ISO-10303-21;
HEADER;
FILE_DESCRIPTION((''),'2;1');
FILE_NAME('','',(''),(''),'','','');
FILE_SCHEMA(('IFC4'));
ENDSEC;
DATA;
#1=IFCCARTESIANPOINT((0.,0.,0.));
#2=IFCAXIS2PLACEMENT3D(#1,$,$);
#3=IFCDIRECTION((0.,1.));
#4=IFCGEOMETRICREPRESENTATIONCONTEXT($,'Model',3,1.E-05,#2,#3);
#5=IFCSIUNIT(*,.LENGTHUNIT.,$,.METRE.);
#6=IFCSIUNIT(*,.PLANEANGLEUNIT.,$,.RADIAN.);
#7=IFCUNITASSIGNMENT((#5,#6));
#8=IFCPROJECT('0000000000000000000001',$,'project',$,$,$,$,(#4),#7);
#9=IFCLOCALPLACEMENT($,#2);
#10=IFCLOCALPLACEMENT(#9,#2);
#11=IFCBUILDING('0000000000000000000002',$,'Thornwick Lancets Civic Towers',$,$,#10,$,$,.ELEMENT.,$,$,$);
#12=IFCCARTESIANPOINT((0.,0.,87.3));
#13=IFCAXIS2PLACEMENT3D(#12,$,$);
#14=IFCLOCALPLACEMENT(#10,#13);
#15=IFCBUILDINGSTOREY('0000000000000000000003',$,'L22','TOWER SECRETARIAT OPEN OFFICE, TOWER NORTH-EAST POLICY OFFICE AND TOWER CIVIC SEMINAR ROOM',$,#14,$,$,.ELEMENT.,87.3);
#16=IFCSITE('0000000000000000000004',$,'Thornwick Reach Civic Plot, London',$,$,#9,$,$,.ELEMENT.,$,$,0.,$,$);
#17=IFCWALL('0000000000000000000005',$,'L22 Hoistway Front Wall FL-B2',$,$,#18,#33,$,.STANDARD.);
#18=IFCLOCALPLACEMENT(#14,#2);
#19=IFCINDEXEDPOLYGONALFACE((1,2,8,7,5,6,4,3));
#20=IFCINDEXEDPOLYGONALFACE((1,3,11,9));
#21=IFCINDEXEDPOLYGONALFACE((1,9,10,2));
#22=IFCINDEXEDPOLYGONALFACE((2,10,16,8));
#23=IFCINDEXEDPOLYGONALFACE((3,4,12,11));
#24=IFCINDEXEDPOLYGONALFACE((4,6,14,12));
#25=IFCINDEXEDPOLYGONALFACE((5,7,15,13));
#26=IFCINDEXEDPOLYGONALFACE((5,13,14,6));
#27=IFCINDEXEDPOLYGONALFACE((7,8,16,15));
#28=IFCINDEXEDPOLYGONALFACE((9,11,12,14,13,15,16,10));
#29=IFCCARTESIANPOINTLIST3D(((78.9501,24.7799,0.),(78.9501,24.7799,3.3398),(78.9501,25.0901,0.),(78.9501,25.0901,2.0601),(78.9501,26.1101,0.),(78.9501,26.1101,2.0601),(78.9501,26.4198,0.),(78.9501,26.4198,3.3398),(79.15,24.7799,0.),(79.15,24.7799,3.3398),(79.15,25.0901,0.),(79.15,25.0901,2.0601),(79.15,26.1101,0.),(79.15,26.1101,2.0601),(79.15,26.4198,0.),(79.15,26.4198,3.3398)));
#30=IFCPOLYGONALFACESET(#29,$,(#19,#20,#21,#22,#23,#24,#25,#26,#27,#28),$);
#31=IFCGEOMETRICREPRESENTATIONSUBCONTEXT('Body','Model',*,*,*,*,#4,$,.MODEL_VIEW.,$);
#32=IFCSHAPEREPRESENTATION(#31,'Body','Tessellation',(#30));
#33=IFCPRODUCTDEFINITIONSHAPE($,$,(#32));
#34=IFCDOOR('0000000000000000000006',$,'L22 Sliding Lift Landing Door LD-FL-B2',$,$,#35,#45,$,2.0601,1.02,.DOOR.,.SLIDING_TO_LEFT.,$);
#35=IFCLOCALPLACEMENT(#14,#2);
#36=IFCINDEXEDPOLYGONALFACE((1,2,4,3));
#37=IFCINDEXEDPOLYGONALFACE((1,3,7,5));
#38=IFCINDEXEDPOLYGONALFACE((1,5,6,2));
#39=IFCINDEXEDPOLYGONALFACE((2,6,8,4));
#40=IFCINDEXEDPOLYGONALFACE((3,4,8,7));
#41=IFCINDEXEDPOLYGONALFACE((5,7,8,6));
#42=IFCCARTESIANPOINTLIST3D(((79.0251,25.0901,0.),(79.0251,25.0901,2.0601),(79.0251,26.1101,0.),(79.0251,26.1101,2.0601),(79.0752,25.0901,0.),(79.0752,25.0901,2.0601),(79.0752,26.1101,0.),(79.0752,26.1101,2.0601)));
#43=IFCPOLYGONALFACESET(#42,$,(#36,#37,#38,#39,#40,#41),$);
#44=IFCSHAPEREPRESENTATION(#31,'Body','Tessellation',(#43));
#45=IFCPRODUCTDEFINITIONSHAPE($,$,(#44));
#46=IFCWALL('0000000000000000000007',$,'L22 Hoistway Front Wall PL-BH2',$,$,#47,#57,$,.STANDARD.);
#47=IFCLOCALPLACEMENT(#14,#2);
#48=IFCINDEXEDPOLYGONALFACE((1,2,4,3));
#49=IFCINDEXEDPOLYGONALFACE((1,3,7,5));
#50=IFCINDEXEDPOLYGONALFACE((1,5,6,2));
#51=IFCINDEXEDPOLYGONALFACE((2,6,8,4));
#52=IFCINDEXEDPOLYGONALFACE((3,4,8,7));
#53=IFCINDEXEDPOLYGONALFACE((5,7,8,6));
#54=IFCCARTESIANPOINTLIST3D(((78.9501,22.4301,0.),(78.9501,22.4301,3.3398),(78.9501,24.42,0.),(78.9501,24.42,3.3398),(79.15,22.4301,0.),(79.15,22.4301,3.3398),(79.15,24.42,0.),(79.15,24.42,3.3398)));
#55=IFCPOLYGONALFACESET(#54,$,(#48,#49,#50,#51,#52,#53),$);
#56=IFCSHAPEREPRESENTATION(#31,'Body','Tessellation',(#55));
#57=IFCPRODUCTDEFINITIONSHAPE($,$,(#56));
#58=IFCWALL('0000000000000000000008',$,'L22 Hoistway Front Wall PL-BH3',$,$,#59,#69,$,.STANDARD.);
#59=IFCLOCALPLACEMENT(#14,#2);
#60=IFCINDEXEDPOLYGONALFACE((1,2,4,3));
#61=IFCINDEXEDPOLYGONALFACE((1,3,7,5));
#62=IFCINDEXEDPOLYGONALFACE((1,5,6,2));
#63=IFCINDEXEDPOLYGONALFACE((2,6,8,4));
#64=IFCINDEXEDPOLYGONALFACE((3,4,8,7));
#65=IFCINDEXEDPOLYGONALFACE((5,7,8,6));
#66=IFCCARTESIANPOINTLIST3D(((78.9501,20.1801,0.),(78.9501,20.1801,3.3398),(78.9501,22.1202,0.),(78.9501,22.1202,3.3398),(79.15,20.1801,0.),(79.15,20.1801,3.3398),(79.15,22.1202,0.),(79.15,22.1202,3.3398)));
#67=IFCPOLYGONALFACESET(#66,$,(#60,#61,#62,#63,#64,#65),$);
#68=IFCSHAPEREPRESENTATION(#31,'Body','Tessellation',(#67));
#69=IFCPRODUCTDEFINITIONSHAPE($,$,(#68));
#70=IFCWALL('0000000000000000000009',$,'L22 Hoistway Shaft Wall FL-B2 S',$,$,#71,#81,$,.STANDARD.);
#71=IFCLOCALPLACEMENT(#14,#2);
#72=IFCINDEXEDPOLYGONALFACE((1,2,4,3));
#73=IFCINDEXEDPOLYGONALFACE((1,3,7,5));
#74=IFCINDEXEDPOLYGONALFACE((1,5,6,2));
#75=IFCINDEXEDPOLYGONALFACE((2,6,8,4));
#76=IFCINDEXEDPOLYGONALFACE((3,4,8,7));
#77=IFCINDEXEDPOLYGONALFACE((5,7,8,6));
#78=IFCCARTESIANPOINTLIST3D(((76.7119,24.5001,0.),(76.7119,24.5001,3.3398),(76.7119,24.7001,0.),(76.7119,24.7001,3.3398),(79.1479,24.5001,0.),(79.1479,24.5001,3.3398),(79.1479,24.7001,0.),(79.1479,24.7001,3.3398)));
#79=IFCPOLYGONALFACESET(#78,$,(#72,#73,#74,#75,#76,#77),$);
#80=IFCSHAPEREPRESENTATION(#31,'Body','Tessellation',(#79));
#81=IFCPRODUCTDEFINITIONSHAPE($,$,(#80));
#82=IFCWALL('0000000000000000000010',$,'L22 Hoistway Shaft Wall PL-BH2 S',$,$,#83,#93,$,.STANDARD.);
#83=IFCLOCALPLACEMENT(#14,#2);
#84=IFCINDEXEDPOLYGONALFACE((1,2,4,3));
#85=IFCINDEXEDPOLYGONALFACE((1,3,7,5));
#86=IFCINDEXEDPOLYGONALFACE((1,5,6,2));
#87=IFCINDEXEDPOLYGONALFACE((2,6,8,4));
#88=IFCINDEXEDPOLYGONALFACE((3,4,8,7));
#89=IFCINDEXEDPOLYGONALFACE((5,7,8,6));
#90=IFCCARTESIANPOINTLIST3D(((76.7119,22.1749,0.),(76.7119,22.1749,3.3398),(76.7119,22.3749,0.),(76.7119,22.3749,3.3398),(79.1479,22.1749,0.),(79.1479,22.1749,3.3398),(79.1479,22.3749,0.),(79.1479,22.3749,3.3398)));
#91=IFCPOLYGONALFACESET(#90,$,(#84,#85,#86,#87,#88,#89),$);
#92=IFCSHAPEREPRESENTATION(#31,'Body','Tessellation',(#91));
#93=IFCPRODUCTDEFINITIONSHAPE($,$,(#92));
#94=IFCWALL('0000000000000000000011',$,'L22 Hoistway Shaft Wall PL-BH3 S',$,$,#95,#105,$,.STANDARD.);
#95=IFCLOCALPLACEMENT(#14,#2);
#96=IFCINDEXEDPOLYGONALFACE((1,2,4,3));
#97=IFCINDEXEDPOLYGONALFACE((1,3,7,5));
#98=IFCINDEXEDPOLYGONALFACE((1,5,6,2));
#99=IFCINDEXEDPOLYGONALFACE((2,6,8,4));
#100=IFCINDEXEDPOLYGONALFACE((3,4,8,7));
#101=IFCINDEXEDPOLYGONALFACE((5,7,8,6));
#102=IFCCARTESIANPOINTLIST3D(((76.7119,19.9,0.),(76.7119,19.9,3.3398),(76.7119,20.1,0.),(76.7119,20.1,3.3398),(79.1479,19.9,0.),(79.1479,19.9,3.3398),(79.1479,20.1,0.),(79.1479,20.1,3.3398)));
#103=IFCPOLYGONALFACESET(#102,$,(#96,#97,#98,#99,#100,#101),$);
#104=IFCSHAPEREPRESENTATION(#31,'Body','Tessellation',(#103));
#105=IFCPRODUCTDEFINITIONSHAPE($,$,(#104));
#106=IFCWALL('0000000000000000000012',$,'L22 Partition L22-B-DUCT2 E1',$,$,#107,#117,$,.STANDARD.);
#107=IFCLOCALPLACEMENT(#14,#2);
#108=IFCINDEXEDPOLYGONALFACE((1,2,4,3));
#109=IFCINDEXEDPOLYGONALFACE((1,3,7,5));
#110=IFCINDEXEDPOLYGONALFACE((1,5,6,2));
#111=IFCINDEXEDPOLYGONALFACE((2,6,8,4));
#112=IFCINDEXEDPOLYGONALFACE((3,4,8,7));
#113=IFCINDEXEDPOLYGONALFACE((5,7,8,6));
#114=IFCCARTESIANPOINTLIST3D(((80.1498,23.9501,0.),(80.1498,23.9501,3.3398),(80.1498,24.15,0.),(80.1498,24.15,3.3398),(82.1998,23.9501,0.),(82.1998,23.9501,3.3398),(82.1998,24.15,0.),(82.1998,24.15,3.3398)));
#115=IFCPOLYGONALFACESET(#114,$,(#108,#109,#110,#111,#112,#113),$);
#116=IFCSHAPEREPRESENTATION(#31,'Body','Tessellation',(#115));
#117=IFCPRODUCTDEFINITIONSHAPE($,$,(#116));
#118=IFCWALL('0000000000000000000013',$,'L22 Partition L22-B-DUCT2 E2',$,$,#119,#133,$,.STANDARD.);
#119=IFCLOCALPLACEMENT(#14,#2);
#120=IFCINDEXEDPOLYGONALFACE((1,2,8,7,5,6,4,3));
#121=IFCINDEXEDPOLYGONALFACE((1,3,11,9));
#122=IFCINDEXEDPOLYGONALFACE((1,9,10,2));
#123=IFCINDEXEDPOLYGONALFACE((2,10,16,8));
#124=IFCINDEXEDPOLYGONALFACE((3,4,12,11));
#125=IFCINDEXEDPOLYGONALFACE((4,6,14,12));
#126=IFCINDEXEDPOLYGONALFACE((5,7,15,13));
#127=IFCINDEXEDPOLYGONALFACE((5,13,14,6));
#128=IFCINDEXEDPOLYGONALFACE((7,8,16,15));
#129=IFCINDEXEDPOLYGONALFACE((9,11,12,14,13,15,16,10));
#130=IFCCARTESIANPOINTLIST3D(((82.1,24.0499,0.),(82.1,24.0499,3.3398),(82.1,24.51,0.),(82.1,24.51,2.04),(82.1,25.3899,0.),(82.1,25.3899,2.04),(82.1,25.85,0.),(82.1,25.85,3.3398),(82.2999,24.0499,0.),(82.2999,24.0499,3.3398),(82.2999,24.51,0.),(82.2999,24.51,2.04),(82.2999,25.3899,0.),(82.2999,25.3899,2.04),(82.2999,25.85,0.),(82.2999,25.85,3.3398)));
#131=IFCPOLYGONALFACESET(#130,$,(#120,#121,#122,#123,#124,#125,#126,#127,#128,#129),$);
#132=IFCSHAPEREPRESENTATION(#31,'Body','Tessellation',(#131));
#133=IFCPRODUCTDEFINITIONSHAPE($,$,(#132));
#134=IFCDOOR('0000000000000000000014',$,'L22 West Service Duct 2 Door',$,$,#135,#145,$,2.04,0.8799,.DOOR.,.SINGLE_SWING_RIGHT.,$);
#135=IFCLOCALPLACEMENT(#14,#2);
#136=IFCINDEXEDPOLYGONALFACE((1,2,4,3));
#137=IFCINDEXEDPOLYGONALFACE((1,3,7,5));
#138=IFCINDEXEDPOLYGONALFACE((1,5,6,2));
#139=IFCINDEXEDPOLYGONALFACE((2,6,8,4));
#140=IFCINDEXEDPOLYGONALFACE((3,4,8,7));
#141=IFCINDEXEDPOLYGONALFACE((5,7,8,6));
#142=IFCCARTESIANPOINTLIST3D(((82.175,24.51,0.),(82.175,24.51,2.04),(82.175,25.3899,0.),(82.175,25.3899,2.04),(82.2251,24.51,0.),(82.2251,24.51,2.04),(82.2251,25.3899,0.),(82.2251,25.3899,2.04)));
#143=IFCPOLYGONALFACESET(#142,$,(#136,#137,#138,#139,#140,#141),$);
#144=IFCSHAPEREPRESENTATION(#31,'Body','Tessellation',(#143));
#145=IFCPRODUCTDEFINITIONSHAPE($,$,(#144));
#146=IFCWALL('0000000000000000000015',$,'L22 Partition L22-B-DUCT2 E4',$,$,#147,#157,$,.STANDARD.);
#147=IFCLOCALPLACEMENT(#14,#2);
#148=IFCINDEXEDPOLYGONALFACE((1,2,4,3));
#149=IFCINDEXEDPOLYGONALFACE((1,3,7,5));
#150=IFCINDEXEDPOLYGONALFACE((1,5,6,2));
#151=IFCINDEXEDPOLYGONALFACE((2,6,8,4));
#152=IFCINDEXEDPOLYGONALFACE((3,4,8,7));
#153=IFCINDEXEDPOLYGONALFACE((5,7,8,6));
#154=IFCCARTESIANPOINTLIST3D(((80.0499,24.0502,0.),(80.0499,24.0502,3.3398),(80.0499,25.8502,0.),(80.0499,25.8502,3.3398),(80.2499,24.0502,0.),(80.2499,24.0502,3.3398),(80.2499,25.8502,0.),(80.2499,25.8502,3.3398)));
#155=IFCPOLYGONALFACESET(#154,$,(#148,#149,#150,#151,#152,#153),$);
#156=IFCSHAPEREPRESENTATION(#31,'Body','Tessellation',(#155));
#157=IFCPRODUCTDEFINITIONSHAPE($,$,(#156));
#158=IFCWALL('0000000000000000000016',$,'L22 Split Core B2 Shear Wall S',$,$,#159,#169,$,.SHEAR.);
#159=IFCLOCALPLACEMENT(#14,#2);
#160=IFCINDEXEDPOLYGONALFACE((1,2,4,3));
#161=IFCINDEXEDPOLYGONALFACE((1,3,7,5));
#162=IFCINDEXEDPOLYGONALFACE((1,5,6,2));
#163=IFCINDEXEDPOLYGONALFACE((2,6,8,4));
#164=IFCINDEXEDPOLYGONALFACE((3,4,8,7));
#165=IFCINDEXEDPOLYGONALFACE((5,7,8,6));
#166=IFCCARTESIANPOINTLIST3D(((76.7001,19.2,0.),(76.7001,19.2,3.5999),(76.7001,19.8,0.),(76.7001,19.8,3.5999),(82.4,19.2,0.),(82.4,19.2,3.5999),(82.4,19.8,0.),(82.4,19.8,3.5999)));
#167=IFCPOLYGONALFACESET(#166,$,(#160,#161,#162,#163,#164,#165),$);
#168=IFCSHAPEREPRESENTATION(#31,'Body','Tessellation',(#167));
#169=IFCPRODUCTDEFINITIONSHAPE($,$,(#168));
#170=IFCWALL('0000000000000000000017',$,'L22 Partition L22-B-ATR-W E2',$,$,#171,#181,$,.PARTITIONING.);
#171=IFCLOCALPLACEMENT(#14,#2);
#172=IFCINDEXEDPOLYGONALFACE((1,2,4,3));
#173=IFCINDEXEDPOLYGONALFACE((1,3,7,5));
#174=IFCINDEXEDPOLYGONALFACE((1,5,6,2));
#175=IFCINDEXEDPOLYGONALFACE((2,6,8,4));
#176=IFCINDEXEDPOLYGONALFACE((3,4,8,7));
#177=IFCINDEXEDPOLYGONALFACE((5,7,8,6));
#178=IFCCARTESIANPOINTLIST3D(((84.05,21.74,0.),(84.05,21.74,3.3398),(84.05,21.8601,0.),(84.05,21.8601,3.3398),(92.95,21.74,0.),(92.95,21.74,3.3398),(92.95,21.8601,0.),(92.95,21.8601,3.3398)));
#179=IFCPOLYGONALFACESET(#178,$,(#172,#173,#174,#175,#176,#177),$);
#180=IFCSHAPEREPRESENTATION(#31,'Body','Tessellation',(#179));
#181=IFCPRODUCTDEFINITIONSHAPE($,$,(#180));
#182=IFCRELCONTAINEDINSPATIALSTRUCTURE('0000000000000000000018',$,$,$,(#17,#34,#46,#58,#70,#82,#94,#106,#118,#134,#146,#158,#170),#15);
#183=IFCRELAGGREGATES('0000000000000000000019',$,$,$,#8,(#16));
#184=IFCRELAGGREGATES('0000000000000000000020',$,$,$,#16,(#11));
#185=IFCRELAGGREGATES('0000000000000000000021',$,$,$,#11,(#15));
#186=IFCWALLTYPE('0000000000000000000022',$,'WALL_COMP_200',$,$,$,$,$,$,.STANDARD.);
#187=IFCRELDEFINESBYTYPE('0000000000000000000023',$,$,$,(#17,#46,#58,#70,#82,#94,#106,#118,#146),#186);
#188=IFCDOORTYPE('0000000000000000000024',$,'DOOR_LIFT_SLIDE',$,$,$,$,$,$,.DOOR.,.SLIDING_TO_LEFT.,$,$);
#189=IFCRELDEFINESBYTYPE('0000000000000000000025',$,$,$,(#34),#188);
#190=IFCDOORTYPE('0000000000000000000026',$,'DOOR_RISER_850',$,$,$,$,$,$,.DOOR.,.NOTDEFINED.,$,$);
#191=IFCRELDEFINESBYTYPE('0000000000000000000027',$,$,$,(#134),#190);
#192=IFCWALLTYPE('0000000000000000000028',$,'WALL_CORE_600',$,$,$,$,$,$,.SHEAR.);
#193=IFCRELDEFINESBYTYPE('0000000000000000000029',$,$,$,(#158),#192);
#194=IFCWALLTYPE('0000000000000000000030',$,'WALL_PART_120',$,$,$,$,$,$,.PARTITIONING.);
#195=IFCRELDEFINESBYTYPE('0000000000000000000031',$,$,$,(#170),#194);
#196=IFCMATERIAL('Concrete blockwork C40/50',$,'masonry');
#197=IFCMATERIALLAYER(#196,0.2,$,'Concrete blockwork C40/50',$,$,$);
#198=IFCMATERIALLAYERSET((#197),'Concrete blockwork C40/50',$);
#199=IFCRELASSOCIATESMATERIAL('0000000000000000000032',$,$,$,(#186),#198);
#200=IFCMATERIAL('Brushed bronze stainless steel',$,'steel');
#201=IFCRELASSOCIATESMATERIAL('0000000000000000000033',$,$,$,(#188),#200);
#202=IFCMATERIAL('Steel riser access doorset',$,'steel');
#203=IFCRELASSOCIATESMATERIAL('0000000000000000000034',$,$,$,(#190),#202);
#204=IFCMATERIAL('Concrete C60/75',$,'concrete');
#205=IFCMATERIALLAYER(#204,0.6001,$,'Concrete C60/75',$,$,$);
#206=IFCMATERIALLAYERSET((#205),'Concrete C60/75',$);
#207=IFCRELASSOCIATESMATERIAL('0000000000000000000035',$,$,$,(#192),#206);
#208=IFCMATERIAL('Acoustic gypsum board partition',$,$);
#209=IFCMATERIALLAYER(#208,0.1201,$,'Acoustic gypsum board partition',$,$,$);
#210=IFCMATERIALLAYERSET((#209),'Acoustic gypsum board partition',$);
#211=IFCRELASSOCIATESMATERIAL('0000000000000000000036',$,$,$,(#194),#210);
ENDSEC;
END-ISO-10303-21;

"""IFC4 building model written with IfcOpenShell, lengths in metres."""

from ifc_helpers import new_model, si_unit, direction, frame, frame_2d, origin, place, context, subcontext, project, spatial, rectangle, extrude, material, layer, layer_set, type_object, element, fill, save


model = new_model("IFC4")

# Units and contexts
model_context = context("Model", 3, precision=1e-05, world=origin(), true_north=direction((0.0, 1.0)))
body_context = subcontext(model_context, "Body", "Model", "MODEL_VIEW")
ifc_project = project(units=[si_unit("LENGTHUNIT", "METRE"), si_unit("PLANEANGLEUNIT", "RADIAN")], contexts=[model_context])

# Site, building, storey
site_placement = place(None, origin())
site = spatial("IfcSite", under=ifc_project, at=site_placement, Name="Thornwick Reach Civic Plot, London", CompositionType="ELEMENT", RefElevation=0.0)
building_placement = place(site_placement, origin())
building = spatial("IfcBuilding", under=site, at=building_placement, Name="Thornwick Lancets Civic Towers", CompositionType="ELEMENT")
storey_placement = place(building_placement, frame((0.0, 0.0, 87.3)))
storey = spatial("IfcBuildingStorey", under=building, at=storey_placement, Name="L22", Description="TOWER SECRETARIAT OPEN OFFICE, TOWER NORTH-EAST POLICY OFFICE AND TOWER CIVIC SEMINAR ROOM", CompositionType="ELEMENT", Elevation=87.3)

# Wall, opening, door
ifc_material_1 = material(Name="Concrete blockwork C40/50", Category="masonry")
ifc_layer_1 = layer(ifc_material_1, 0.2, Name="Concrete blockwork C40/50")
ifc_layer_set_1 = layer_set([ifc_layer_1], Name="Concrete blockwork C40/50")
wall_type_1 = type_object("IfcWallType", Name="WALL_COMP_200", PredefinedType="STANDARD", material=ifc_layer_set_1)
wall_1_placement = place(storey_placement, frame((79.05, 24.78, 0.0), z_axis=(0.0, 0.0, 1.0), x_axis=(0.0, 1.0, 0.0)))
wall_1 = element("IfcWall", 1, at=wall_1_placement, inside=storey, type_object=wall_type_1, Name="L22 Hoistway Front Wall FL-B2", PredefinedType="STANDARD", context=body_context, shape_type="SweptSolid", body=[
    extrude(rectangle(XDim=1.6399, YDim=0.2, at=frame_2d((0.8198, 0.0))), origin(), (0.0, 0.0, 1.0), 3.3398),
])
opening_1_placement = place(wall_1_placement, frame((0.3101, 0.0, 0.0)))
opening_1 = element("IfcOpeningElement", 2, at=opening_1_placement, cuts=wall_1, PredefinedType="OPENING", context=body_context, shape_type="SweptSolid", body=[
    extrude(rectangle(XDim=1.02, YDim=2.0601, at=frame_2d((0.51, 1.03))), frame((0.0, 0.1099, 0.0), z_axis=(0.0, -1.0, 0.0), x_axis=(1.0, 0.0, 0.0)), (0.0, 0.0, 1.0), 0.22),
])
ifc_material_2 = material(Name="Brushed bronze stainless steel", Category="steel")
door_type_1 = type_object("IfcDoorType", Name="DOOR_LIFT_SLIDE", OperationType="SLIDING_TO_LEFT", PredefinedType="DOOR", material=ifc_material_2)
door_1_placement = place(opening_1_placement, origin())
door_1 = element("IfcDoor", 3, at=door_1_placement, inside=storey, type_object=door_type_1, Name="L22 Sliding Lift Landing Door LD-FL-B2", OperationType="SLIDING_TO_LEFT", OverallHeight=2.0601, OverallWidth=1.02, PredefinedType="DOOR", context=body_context, shape_type="SweptSolid", body=[
    extrude(rectangle(XDim=1.02, YDim=2.0601, at=frame_2d((0.51, 1.03))), frame((0.0, 0.0249, 0.0), z_axis=(0.0, -1.0, 0.0), x_axis=(1.0, 0.0, 0.0)), (0.0, 0.0, 1.0), 0.05),
])
fill(opening_1, door_1)

# Walls
wall_2_placement = place(storey_placement, frame((79.05, 22.4299, 0.0), z_axis=(0.0, 0.0, 1.0), x_axis=(0.0, 1.0, 0.0)))
element("IfcWall", 4, at=wall_2_placement, inside=storey, type_object=wall_type_1, Name="L22 Hoistway Front Wall PL-BH2", PredefinedType="STANDARD", context=body_context, shape_type="SweptSolid", body=[
    extrude(rectangle(XDim=1.99, YDim=0.2, at=frame_2d((0.9951, 0.0))), origin(), (0.0, 0.0, 1.0), 3.3398),
])
wall_3_placement = place(storey_placement, frame((79.05, 20.1799, 0.0), z_axis=(0.0, 0.0, 1.0), x_axis=(0.0, 1.0, 0.0)))
element("IfcWall", 5, at=wall_3_placement, inside=storey, type_object=wall_type_1, Name="L22 Hoistway Front Wall PL-BH3", PredefinedType="STANDARD", context=body_context, shape_type="SweptSolid", body=[
    extrude(rectangle(XDim=1.9402, YDim=0.2, at=frame_2d((0.9702, 0.0))), origin(), (0.0, 0.0, 1.0), 3.3398),
])
for number, where, z_axis, x_axis, name in (
    (6, (76.7119, 24.6001, 0.0), (0.0, 0.0, 1.0), (1.0, 0.0, 0.0), "L22 Hoistway Shaft Wall FL-B2 S"),
    (7, (76.7119, 22.2749, 0.0), (0.0, 0.0, 1.0), (1.0, 0.0, 0.0), "L22 Hoistway Shaft Wall PL-BH2 S"),
    (8, (76.7119, 20.0, 0.0), (0.0, 0.0, 1.0), (1.0, 0.0, 0.0), "L22 Hoistway Shaft Wall PL-BH3 S"),
):
    element("IfcWall", number, at=place(storey_placement, frame(where, z_axis=z_axis, x_axis=x_axis)), inside=storey, type_object=wall_type_1, Name=name, PredefinedType="STANDARD", context=body_context, shape_type="SweptSolid", body=[
        extrude(rectangle(XDim=2.436, YDim=0.2, at=frame_2d((1.218, 0.0))), origin(), (0.0, 0.0, 1.0), 3.3398),
    ])
wall_4_placement = place(storey_placement, frame((80.1499, 24.05, 0.0), z_axis=(0.0, 0.0, 1.0), x_axis=(1.0, 0.0, 0.0)))
element("IfcWall", 9, at=wall_4_placement, inside=storey, type_object=wall_type_1, Name="L22 Partition L22-B-DUCT2 E1", PredefinedType="STANDARD", context=body_context, shape_type="SweptSolid", body=[
    extrude(rectangle(XDim=2.05, YDim=0.2, at=frame_2d((1.0249, 0.0))), origin(), (0.0, 0.0, 1.0), 3.3398),
])

# Wall, opening, door
wall_5_placement = place(storey_placement, frame((82.2, 24.05, 0.0), z_axis=(0.0, 0.0, 1.0), x_axis=(0.0, 1.0, 0.0)))
wall_5 = element("IfcWall", 10, at=wall_5_placement, inside=storey, type_object=wall_type_1, Name="L22 Partition L22-B-DUCT2 E2", PredefinedType="STANDARD", context=body_context, shape_type="SweptSolid", body=[
    extrude(rectangle(XDim=1.8, YDim=0.2, at=frame_2d((0.8999, 0.0))), origin(), (0.0, 0.0, 1.0), 3.3398),
])
opening_2_placement = place(wall_5_placement, frame((0.46, 0.0, 0.0)))
opening_2 = element("IfcOpeningElement", 11, at=opening_2_placement, cuts=wall_5, PredefinedType="OPENING", context=body_context, shape_type="SweptSolid", body=[
    extrude(rectangle(XDim=0.8799, YDim=2.04, at=frame_2d((0.4399, 1.02))), frame((0.0, 0.1099, 0.0), z_axis=(0.0, -1.0, 0.0), x_axis=(1.0, 0.0, 0.0)), (0.0, 0.0, 1.0), 0.22),
])
ifc_material_3 = material(Name="Steel riser access doorset", Category="steel")
door_type_2 = type_object("IfcDoorType", Name="DOOR_RISER_850", OperationType="NOTDEFINED", PredefinedType="DOOR", material=ifc_material_3)
door_2_placement = place(opening_2_placement, origin())
door_2 = element("IfcDoor", 12, at=door_2_placement, inside=storey, type_object=door_type_2, Name="L22 West Service Duct 2 Door", OperationType="SINGLE_SWING_RIGHT", OverallHeight=2.04, OverallWidth=0.8799, PredefinedType="DOOR", context=body_context, shape_type="SweptSolid", body=[
    extrude(rectangle(XDim=0.8799, YDim=2.04, at=frame_2d((0.4399, 1.02))), frame((0.0, 0.0249, 0.0), z_axis=(0.0, -1.0, 0.0), x_axis=(1.0, 0.0, 0.0)), (0.0, 0.0, 1.0), 0.05),
])
fill(opening_2, door_2)

# Walls
wall_6_placement = place(storey_placement, frame((80.1499, 25.8501, 0.0), z_axis=(0.0, 0.0, 1.0), x_axis=(0.0, -1.0, 0.0)))
element("IfcWall", 13, at=wall_6_placement, inside=storey, type_object=wall_type_1, Name="L22 Partition L22-B-DUCT2 E4", PredefinedType="STANDARD", context=body_context, shape_type="SweptSolid", body=[
    extrude(rectangle(XDim=1.8, YDim=0.2, at=frame_2d((0.8999, 0.0))), origin(), (0.0, 0.0, 1.0), 3.3398),
])
ifc_material_4 = material(Name="Concrete C60/75", Category="concrete")
ifc_layer_2 = layer(ifc_material_4, 0.6001, Name="Concrete C60/75")
ifc_layer_set_2 = layer_set([ifc_layer_2], Name="Concrete C60/75")
wall_type_2 = type_object("IfcWallType", Name="WALL_CORE_600", PredefinedType="SHEAR", material=ifc_layer_set_2)
wall_7_placement = place(storey_placement, frame((76.7, 19.5, 0.0), z_axis=(0.0, 0.0, 1.0), x_axis=(1.0, 0.0, 0.0)))
element("IfcWall", 14, at=wall_7_placement, inside=storey, type_object=wall_type_2, Name="L22 Split Core B2 Shear Wall S", PredefinedType="SHEAR", context=body_context, shape_type="SweptSolid", body=[
    extrude(rectangle(XDim=5.7, YDim=0.6001, at=frame_2d((2.8501, 0.0))), origin(), (0.0, 0.0, 1.0), 3.5999),
])
ifc_material_5 = material(Name="Acoustic gypsum board partition")
ifc_layer_3 = layer(ifc_material_5, 0.1201, Name="Acoustic gypsum board partition")
ifc_layer_set_3 = layer_set([ifc_layer_3], Name="Acoustic gypsum board partition")
wall_type_3 = type_object("IfcWallType", Name="WALL_PART_120", PredefinedType="PARTITIONING", material=ifc_layer_set_3)
wall_8_placement = place(storey_placement, frame((84.05, 21.8, 0.0), z_axis=(0.0, 0.0, 1.0), x_axis=(1.0, 0.0, 0.0)))
element("IfcWall", 15, at=wall_8_placement, inside=storey, type_object=wall_type_3, Name="L22 Partition L22-B-ATR-W E2", PredefinedType="PARTITIONING", context=body_context, shape_type="SweptSolid", body=[
    extrude(rectangle(XDim=8.8999, YDim=0.1201, at=frame_2d((4.45, 0.0))), origin(), (0.0, 0.0, 1.0), 3.3398),
])

save(model, "model.ifc")
